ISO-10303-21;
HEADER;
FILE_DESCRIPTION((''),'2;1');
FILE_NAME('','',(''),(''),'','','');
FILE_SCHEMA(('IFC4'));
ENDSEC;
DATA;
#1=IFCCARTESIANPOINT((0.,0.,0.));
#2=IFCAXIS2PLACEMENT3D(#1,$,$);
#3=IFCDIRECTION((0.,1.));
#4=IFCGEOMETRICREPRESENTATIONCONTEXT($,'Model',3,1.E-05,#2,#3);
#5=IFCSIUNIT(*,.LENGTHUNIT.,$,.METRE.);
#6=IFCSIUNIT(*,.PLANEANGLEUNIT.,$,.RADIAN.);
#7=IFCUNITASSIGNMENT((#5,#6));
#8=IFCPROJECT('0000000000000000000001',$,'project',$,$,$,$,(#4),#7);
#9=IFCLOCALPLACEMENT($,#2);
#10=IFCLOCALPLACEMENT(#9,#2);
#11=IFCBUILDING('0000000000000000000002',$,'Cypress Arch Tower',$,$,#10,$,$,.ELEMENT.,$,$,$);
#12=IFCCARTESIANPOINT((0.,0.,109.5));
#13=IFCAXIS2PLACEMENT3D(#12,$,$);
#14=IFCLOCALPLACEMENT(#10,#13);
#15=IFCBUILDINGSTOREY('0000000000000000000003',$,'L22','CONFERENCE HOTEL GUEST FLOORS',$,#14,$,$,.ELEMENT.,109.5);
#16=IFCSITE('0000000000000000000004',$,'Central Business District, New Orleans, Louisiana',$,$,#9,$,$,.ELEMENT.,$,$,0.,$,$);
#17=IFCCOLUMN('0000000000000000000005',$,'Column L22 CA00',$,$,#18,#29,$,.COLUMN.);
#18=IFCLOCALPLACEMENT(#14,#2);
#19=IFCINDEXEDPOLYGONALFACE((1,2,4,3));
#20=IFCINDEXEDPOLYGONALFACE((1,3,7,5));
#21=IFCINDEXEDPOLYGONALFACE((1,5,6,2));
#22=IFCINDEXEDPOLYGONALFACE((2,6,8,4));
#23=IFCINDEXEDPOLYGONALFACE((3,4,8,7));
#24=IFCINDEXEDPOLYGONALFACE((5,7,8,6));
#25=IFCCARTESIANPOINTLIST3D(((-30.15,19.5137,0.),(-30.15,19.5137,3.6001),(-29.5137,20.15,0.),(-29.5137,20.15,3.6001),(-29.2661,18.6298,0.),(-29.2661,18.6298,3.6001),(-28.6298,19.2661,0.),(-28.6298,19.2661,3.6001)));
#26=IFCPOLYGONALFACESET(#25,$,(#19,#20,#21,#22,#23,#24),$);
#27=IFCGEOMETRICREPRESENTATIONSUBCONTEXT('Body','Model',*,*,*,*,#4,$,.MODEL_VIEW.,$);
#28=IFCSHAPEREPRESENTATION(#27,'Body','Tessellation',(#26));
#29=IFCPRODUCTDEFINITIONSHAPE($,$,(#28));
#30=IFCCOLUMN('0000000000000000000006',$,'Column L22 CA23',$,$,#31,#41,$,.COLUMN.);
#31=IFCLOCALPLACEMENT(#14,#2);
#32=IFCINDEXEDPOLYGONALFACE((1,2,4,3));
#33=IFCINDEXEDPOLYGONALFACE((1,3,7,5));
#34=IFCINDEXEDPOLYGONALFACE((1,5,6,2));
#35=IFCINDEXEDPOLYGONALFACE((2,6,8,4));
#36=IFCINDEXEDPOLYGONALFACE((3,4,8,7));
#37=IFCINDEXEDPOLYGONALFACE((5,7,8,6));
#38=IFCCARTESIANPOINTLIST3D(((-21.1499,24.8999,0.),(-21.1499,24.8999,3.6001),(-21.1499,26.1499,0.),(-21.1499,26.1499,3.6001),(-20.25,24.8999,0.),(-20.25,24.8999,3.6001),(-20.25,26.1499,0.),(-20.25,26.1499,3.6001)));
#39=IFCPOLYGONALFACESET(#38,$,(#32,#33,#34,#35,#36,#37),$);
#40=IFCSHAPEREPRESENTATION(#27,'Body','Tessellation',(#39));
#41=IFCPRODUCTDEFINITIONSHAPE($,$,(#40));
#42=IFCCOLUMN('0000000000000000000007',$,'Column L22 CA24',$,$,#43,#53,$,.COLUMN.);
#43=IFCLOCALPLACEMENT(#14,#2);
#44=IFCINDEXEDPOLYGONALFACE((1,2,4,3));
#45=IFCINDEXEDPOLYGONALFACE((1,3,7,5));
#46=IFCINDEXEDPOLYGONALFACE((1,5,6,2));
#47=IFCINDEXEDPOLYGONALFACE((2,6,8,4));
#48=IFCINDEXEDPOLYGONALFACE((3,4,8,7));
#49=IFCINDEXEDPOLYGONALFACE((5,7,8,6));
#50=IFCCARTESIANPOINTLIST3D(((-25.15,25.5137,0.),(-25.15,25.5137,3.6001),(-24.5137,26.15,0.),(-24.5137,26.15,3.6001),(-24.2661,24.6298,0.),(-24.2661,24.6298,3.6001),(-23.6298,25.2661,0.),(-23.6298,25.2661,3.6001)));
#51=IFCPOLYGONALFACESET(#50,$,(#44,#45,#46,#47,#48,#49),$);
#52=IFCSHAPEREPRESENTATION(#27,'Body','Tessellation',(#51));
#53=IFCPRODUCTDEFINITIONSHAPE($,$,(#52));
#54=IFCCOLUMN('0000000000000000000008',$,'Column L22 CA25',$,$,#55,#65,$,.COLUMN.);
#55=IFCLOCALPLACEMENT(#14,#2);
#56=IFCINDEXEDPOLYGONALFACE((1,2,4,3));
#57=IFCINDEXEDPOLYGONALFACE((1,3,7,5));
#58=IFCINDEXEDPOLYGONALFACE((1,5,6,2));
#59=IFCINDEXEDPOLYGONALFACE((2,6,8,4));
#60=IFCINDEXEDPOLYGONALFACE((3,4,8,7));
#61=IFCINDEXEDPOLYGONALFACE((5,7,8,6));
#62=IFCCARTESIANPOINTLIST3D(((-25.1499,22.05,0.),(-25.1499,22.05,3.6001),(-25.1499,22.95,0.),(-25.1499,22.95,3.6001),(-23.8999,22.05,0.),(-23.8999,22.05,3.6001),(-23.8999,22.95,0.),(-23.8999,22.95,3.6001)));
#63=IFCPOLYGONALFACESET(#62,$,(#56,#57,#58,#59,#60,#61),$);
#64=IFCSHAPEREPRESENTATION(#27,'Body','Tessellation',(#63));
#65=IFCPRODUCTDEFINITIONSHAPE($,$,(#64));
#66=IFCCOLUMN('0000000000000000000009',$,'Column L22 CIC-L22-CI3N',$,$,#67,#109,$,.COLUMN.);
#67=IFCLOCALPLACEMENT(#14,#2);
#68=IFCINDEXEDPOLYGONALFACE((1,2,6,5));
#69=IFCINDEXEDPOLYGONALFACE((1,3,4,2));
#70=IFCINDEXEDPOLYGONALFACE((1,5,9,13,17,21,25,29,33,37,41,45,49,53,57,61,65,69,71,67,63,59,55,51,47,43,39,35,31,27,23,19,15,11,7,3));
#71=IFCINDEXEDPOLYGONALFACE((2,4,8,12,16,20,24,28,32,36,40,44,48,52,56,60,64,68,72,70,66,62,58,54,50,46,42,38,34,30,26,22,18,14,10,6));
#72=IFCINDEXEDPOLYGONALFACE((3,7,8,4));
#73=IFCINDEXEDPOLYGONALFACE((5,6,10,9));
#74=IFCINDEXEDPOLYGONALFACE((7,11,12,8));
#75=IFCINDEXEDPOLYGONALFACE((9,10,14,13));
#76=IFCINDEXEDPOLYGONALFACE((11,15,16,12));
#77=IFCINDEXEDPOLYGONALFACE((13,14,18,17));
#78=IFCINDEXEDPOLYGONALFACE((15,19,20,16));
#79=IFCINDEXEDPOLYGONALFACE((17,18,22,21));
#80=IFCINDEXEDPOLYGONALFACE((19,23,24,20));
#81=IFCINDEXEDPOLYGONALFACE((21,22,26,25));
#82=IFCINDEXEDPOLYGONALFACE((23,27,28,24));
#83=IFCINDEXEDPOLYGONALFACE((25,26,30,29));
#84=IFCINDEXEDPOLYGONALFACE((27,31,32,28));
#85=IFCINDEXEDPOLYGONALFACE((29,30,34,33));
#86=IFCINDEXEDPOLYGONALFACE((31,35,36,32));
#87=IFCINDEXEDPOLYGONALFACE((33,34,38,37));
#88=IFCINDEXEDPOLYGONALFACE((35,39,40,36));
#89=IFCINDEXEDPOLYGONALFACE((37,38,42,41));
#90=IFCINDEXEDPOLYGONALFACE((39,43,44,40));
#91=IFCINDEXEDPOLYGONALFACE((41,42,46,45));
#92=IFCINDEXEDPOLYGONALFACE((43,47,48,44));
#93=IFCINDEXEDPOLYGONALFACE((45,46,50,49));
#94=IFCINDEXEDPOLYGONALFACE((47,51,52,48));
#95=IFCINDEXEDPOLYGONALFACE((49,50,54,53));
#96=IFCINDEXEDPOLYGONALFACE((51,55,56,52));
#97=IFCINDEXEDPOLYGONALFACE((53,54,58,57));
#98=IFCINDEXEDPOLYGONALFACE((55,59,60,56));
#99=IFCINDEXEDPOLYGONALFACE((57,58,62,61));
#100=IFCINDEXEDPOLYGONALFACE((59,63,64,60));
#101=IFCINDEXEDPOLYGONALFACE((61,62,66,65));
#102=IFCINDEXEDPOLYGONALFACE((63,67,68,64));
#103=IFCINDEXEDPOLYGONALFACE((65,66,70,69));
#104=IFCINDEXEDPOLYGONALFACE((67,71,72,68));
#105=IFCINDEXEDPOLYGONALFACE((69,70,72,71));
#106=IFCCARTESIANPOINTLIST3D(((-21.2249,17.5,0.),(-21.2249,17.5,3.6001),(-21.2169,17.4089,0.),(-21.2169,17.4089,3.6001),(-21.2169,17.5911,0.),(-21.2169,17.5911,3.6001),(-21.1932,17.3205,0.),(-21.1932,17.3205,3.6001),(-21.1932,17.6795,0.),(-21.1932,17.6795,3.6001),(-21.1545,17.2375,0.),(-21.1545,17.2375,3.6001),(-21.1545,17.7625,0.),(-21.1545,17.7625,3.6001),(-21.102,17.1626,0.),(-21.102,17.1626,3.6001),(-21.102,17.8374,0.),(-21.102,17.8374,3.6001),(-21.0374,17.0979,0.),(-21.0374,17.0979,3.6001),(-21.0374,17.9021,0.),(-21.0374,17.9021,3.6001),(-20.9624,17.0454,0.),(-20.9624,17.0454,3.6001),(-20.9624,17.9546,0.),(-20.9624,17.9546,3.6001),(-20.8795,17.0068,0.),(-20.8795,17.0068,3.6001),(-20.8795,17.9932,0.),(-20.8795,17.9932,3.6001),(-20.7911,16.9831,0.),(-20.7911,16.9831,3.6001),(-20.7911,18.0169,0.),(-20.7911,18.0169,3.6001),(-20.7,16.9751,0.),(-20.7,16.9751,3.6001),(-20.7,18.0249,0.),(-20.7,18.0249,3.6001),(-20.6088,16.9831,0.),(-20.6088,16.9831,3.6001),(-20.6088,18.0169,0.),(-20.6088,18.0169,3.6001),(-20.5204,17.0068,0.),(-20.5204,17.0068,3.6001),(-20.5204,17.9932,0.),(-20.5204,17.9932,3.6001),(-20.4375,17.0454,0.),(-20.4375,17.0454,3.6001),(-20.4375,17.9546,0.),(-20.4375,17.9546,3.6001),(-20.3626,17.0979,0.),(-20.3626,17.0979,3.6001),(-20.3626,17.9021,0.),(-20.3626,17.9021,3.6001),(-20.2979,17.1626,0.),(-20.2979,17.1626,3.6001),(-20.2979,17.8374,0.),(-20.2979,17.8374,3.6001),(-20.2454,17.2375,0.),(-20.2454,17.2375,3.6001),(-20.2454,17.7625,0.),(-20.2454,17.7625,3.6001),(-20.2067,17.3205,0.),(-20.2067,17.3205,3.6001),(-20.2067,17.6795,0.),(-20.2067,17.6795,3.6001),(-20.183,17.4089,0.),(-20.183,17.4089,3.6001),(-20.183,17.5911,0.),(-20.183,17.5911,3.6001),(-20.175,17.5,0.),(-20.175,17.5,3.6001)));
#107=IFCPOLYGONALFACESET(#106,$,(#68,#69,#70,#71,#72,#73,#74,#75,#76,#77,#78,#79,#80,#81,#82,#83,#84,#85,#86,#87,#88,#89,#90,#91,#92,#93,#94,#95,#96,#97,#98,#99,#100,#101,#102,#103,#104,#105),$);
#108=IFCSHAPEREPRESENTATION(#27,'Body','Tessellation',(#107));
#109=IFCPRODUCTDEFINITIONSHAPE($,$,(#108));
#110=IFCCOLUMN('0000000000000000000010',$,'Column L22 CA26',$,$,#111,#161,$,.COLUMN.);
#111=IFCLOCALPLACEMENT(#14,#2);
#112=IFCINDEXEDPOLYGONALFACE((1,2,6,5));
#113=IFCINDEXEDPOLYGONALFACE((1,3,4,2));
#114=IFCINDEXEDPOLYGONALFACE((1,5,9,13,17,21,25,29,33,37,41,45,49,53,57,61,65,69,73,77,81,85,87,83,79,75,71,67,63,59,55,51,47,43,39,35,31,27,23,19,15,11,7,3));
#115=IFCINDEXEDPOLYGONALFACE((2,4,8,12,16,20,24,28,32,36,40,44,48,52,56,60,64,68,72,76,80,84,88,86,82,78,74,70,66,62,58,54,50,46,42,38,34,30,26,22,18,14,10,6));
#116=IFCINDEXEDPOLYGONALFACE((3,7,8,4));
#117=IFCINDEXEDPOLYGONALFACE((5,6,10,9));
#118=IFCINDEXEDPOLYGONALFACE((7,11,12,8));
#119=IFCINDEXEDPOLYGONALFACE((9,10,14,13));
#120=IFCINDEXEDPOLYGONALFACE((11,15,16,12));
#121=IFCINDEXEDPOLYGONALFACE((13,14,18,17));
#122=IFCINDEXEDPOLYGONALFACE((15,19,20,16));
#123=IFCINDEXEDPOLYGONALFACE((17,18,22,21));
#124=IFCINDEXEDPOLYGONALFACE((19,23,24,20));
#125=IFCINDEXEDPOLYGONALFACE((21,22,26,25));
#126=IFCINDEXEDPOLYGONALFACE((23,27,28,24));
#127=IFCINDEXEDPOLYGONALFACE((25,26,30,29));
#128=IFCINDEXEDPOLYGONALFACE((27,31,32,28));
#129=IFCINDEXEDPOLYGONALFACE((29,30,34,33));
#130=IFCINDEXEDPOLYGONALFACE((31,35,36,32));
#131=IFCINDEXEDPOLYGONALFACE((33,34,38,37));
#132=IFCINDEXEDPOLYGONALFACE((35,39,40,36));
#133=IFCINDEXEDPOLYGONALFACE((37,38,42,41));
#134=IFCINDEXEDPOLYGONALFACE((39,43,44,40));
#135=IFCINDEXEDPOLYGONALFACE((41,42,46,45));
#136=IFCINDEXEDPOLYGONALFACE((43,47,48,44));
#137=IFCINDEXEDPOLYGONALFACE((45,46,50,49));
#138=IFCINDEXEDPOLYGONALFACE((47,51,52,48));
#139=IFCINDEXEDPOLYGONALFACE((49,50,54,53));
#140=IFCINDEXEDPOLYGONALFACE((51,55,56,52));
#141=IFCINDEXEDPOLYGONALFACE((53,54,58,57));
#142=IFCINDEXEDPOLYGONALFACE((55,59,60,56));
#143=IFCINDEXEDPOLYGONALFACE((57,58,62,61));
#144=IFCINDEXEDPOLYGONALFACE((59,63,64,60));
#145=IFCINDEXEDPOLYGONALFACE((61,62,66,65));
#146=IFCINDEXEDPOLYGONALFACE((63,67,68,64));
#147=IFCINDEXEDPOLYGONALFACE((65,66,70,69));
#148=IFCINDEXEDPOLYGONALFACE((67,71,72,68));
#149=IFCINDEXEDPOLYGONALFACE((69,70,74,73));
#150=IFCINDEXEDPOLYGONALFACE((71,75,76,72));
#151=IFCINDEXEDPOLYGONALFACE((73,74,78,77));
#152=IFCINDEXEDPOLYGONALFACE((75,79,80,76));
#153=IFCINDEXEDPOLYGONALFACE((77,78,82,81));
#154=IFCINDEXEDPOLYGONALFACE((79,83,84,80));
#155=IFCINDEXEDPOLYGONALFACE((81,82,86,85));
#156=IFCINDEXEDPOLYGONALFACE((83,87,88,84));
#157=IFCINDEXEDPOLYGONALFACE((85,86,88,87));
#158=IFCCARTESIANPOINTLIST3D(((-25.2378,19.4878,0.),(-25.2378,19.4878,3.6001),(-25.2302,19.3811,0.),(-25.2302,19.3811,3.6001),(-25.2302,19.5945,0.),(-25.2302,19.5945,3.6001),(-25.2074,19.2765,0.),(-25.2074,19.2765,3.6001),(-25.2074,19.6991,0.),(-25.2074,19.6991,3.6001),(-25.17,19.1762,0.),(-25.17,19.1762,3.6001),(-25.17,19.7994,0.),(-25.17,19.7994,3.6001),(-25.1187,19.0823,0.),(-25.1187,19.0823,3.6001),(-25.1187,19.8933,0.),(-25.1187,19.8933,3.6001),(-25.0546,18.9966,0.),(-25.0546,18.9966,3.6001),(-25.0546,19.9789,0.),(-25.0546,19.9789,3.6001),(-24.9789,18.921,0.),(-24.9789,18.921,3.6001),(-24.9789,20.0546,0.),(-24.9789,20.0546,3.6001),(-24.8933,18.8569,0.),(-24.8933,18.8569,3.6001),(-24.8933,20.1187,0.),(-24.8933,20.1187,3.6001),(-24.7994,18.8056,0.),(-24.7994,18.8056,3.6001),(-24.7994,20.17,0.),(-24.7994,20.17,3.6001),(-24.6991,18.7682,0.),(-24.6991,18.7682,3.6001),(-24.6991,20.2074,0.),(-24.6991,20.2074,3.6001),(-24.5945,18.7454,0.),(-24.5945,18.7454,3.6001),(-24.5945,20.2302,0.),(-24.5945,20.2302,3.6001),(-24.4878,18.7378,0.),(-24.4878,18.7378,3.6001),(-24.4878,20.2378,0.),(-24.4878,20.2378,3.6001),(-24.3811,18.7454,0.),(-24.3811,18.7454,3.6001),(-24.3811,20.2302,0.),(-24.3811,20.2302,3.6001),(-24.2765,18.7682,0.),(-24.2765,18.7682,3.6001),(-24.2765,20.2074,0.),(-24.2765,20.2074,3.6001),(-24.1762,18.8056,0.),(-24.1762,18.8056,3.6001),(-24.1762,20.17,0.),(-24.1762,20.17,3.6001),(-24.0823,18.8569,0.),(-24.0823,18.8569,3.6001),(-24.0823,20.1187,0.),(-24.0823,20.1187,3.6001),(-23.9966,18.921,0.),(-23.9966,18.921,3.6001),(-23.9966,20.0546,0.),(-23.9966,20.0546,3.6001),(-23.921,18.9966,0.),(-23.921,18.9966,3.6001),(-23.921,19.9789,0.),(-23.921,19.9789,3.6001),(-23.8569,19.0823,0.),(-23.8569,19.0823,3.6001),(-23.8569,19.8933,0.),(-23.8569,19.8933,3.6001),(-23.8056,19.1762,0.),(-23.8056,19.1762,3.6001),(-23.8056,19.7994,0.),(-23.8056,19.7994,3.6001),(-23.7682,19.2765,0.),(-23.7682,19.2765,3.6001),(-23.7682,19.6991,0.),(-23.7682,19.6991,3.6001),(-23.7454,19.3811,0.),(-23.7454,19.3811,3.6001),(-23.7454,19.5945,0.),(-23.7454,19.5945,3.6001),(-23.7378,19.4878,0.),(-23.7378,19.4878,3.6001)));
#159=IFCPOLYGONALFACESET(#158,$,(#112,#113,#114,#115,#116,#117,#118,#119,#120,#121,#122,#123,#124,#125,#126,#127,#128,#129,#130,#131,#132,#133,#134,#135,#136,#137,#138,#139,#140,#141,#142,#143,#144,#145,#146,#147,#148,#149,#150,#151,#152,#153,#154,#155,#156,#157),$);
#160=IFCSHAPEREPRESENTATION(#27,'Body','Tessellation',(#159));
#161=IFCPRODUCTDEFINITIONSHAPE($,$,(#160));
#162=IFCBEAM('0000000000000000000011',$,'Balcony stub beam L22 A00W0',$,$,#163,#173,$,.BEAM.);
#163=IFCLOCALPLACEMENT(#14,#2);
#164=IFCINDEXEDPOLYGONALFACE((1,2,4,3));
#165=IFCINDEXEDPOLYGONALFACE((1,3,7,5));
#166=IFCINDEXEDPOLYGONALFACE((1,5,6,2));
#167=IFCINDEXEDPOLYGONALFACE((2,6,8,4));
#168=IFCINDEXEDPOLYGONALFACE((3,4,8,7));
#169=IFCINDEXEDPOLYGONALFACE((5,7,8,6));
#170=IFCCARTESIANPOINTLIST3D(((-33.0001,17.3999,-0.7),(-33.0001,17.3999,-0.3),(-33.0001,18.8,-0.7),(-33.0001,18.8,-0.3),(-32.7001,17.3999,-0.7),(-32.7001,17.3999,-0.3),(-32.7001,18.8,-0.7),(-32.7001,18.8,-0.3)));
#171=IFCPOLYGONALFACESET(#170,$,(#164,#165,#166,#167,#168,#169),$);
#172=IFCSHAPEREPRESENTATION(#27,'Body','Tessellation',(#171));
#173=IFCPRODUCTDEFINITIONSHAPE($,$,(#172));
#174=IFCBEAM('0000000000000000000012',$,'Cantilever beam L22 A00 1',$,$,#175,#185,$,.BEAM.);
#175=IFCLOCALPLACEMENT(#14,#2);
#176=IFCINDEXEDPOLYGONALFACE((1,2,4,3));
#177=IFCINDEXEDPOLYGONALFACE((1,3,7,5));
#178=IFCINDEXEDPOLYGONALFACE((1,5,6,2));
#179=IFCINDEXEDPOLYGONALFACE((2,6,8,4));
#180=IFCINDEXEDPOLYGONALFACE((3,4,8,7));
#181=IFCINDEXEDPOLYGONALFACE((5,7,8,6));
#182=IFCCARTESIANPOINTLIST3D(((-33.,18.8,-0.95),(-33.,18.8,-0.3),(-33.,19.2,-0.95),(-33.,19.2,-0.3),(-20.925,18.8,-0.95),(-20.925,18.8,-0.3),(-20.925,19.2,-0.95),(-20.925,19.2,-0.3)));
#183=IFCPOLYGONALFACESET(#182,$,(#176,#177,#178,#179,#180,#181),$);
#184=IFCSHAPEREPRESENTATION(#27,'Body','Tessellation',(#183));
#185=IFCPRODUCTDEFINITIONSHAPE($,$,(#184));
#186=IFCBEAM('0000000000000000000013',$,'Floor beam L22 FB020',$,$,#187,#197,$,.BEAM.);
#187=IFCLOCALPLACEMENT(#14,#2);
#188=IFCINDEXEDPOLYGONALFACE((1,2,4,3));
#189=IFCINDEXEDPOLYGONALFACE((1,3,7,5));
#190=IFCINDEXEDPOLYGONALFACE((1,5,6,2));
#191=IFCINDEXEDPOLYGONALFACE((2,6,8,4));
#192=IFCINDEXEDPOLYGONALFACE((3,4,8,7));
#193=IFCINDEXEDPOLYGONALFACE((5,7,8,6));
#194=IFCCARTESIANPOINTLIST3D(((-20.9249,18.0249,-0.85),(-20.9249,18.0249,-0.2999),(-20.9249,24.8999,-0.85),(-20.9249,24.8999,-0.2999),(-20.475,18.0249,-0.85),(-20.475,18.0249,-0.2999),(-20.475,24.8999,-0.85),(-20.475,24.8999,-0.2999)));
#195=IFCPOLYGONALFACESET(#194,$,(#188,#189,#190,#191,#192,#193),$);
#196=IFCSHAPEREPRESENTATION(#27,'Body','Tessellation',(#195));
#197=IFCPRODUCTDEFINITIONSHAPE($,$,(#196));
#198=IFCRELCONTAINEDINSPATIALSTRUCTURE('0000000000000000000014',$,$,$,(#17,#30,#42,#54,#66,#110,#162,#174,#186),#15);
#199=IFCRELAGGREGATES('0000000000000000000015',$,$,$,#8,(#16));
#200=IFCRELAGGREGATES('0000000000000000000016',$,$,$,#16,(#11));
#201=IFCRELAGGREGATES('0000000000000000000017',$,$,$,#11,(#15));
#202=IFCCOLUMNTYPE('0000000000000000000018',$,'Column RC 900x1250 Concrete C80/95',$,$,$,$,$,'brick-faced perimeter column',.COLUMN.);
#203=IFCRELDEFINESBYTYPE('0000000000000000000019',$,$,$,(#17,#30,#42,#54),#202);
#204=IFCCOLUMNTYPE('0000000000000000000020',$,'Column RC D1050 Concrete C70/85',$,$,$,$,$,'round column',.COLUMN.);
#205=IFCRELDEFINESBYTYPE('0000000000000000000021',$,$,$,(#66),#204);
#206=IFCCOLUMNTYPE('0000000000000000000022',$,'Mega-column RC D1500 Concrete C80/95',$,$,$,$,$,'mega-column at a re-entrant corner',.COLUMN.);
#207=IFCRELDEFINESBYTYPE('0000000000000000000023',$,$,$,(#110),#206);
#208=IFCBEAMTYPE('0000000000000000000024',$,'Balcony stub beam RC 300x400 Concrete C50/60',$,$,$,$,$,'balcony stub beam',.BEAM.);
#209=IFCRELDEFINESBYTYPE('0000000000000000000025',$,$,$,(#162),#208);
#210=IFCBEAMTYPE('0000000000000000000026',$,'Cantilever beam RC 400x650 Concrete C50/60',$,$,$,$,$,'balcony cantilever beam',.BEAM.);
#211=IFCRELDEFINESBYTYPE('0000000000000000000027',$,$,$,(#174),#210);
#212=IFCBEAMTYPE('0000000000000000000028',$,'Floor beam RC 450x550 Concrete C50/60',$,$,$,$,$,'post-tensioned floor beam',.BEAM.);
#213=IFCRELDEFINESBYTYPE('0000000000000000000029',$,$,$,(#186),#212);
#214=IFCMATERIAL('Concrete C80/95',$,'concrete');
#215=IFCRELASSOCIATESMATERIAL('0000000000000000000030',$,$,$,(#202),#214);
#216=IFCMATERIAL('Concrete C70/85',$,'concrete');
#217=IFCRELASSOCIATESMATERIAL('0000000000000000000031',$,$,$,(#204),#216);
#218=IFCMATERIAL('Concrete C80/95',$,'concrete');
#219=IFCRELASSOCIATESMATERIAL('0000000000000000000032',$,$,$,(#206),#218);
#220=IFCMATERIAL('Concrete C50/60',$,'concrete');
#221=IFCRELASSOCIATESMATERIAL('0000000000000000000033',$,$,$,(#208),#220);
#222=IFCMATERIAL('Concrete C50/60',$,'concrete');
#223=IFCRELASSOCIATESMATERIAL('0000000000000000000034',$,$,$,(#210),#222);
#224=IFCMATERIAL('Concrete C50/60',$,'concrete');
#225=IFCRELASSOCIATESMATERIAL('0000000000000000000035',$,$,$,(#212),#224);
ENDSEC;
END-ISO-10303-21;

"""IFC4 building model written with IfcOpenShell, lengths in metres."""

from ifc_helpers import new_model, si_unit, direction, frame, origin, origin_2d, place, context, subcontext, project, spatial, rectangle, circle, extrude, material, material_profile, profile_set, type_object, element, save


model = new_model("IFC4")

# Units and contexts
model_context = context("Model", 3, precision=1e-05, world=origin(), true_north=direction((0.0, 1.0)))
body_context = subcontext(model_context, "Body", "Model", "MODEL_VIEW")
ifc_project = project(units=[si_unit("LENGTHUNIT", "METRE"), si_unit("PLANEANGLEUNIT", "RADIAN")], contexts=[model_context])

# Site, building, storey
site_placement = place(None, origin())
site = spatial("IfcSite", under=ifc_project, at=site_placement, Name="Central Business District, New Orleans, Louisiana", CompositionType="ELEMENT", RefElevation=0.0)
building_placement = place(site_placement, origin())
building = spatial("IfcBuilding", under=site, at=building_placement, Name="Cypress Arch Tower", CompositionType="ELEMENT")
storey_placement = place(building_placement, frame((0.0, 0.0, 109.5)))
storey = spatial("IfcBuildingStorey", under=building, at=storey_placement, Name="L22", Description="CONFERENCE HOTEL GUEST FLOORS", CompositionType="ELEMENT", Elevation=109.5)

# Columns
ifc_material_1 = material(Name="Concrete C80/95", Category="concrete")
ifc_material_profile_1 = material_profile(ifc_material_1, rectangle(XDim=0.8999, YDim=1.25, at=origin_2d()), Name="RC 900x1250")
ifc_profile_set_1 = profile_set([ifc_material_profile_1], Name="Concrete C80/95")
column_type_1 = type_object("IfcColumnType", Name="Column RC 900x1250 Concrete C80/95", ElementType="brick-faced perimeter column", PredefinedType="COLUMN", material=ifc_profile_set_1)
for number, where, z_axis, x_axis, name in (
    (1, (-29.3899, 19.3899, 0.0), (0.0, 0.0, 1.0), (-0.707107, -0.707107, 0.0), "Column L22 CA00"),
    (2, (-20.7, 25.5249, 0.0), (0.0, 0.0, 1.0), (-1.0, 0.0, 0.0), "Column L22 CA23"),
    (3, (-24.3899, 25.3899, 0.0), (0.0, 0.0, 1.0), (-0.707107, -0.707107, 0.0), "Column L22 CA24"),
    (4, (-24.5249, 22.5, 0.0), (0.0, 0.0, 1.0), (0.0, -1.0, 0.0), "Column L22 CA25"),
):
    element("IfcColumn", number, at=place(storey_placement, frame(where, z_axis=z_axis, x_axis=x_axis)), inside=storey, type_object=column_type_1, Name=name, PredefinedType="COLUMN", context=body_context, shape_type="SweptSolid", body=[
        extrude(rectangle(XDim=0.8999, YDim=1.25, at=origin_2d()), origin(), (0.0, 0.0, 1.0), 3.6001),
    ])
ifc_material_2 = material(Name="Concrete C70/85", Category="concrete")
ifc_material_profile_2 = material_profile(ifc_material_2, circle(Radius=0.5249, at=origin_2d()), Name="RC D1050")
ifc_profile_set_2 = profile_set([ifc_material_profile_2], Name="Concrete C70/85")
column_type_2 = type_object("IfcColumnType", Name="Column RC D1050 Concrete C70/85", ElementType="round column", PredefinedType="COLUMN", material=ifc_profile_set_2)
column_1_placement = place(storey_placement, frame((-20.7, 17.5, 0.0), z_axis=(0.0, 0.0, 1.0), x_axis=(1.0, 0.0, 0.0)))
element("IfcColumn", 5, at=column_1_placement, inside=storey, type_object=column_type_2, Name="Column L22 CIC-L22-CI3N", PredefinedType="COLUMN", context=body_context, shape_type="SweptSolid", body=[
    extrude(circle(Radius=0.5249, at=origin_2d()), origin(), (0.0, 0.0, 1.0), 3.6001),
])
ifc_material_3 = material(Name="Concrete C80/95", Category="concrete")
ifc_material_profile_3 = material_profile(ifc_material_3, circle(Radius=0.75, at=origin_2d()), Name="RC D1500")
ifc_profile_set_3 = profile_set([ifc_material_profile_3], Name="Concrete C80/95")
column_type_3 = type_object("IfcColumnType", Name="Mega-column RC D1500 Concrete C80/95", ElementType="mega-column at a re-entrant corner", PredefinedType="COLUMN", material=ifc_profile_set_3)
column_2_placement = place(storey_placement, frame((-24.4878, 19.4878, 0.0), z_axis=(0.0, 0.0, 1.0), x_axis=(1.0, 0.0, 0.0)))
element("IfcColumn", 6, at=column_2_placement, inside=storey, type_object=column_type_3, Name="Column L22 CA26", PredefinedType="COLUMN", context=body_context, shape_type="SweptSolid", body=[
    extrude(circle(Radius=0.75, at=origin_2d()), origin(), (0.0, 0.0, 1.0), 3.6001),
])

# Beams
ifc_material_4 = material(Name="Concrete C50/60", Category="concrete")
ifc_material_profile_4 = material_profile(ifc_material_4, rectangle(XDim=0.3, YDim=0.3999, at=origin_2d()), Name="RC 300x400")
ifc_profile_set_4 = profile_set([ifc_material_profile_4], Name="Concrete C50/60")
beam_type_1 = type_object("IfcBeamType", Name="Balcony stub beam RC 300x400 Concrete C50/60", ElementType="balcony stub beam", PredefinedType="BEAM", material=ifc_profile_set_4)
beam_1_placement = place(storey_placement, frame((-32.8501, 18.8, -0.5), z_axis=(0.0, -1.0, 0.0), x_axis=(1.0, 0.0, 0.0)))
element("IfcBeam", 7, at=beam_1_placement, inside=storey, type_object=beam_type_1, Name="Balcony stub beam L22 A00W0", PredefinedType="BEAM", context=body_context, shape_type="SweptSolid", body=[
    extrude(rectangle(XDim=0.3, YDim=0.3999, at=origin_2d()), origin(), (0.0, 0.0, 1.0), 1.4001),
])
ifc_material_5 = material(Name="Concrete C50/60", Category="concrete")
ifc_material_profile_5 = material_profile(ifc_material_5, rectangle(XDim=0.3999, YDim=0.6499, at=origin_2d()), Name="RC 400x650")
ifc_profile_set_5 = profile_set([ifc_material_profile_5], Name="Concrete C50/60")
beam_type_2 = type_object("IfcBeamType", Name="Cantilever beam RC 400x650 Concrete C50/60", ElementType="balcony cantilever beam", PredefinedType="BEAM", material=ifc_profile_set_5)
beam_2_placement = place(storey_placement, frame((-20.925, 19.0, -0.625), z_axis=(-1.0, 0.0, 0.0), x_axis=(0.0, -1.0, 0.0)))
element("IfcBeam", 8, at=beam_2_placement, inside=storey, type_object=beam_type_2, Name="Cantilever beam L22 A00 1", PredefinedType="BEAM", context=body_context, shape_type="SweptSolid", body=[
    extrude(rectangle(XDim=0.3999, YDim=0.6499, at=origin_2d()), origin(), (0.0, 0.0, 1.0), 12.075),
])
ifc_material_6 = material(Name="Concrete C50/60", Category="concrete")
ifc_material_profile_6 = material_profile(ifc_material_6, rectangle(XDim=0.45, YDim=0.55, at=origin_2d()), Name="RC 450x550")
ifc_profile_set_6 = profile_set([ifc_material_profile_6], Name="Concrete C50/60")
beam_type_3 = type_object("IfcBeamType", Name="Floor beam RC 450x550 Concrete C50/60", ElementType="post-tensioned floor beam", PredefinedType="BEAM", material=ifc_profile_set_6)
beam_3_placement = place(storey_placement, frame((-20.7, 18.0249, -0.575), z_axis=(0.0, 1.0, 0.0), x_axis=(-1.0, 0.0, 0.0)))
element("IfcBeam", 9, at=beam_3_placement, inside=storey, type_object=beam_type_3, Name="Floor beam L22 FB020", PredefinedType="BEAM", context=body_context, shape_type="SweptSolid", body=[
    extrude(rectangle(XDim=0.45, YDim=0.55, at=origin_2d()), origin(), (0.0, 0.0, 1.0), 6.875),
])

save(model, "model.ifc")
